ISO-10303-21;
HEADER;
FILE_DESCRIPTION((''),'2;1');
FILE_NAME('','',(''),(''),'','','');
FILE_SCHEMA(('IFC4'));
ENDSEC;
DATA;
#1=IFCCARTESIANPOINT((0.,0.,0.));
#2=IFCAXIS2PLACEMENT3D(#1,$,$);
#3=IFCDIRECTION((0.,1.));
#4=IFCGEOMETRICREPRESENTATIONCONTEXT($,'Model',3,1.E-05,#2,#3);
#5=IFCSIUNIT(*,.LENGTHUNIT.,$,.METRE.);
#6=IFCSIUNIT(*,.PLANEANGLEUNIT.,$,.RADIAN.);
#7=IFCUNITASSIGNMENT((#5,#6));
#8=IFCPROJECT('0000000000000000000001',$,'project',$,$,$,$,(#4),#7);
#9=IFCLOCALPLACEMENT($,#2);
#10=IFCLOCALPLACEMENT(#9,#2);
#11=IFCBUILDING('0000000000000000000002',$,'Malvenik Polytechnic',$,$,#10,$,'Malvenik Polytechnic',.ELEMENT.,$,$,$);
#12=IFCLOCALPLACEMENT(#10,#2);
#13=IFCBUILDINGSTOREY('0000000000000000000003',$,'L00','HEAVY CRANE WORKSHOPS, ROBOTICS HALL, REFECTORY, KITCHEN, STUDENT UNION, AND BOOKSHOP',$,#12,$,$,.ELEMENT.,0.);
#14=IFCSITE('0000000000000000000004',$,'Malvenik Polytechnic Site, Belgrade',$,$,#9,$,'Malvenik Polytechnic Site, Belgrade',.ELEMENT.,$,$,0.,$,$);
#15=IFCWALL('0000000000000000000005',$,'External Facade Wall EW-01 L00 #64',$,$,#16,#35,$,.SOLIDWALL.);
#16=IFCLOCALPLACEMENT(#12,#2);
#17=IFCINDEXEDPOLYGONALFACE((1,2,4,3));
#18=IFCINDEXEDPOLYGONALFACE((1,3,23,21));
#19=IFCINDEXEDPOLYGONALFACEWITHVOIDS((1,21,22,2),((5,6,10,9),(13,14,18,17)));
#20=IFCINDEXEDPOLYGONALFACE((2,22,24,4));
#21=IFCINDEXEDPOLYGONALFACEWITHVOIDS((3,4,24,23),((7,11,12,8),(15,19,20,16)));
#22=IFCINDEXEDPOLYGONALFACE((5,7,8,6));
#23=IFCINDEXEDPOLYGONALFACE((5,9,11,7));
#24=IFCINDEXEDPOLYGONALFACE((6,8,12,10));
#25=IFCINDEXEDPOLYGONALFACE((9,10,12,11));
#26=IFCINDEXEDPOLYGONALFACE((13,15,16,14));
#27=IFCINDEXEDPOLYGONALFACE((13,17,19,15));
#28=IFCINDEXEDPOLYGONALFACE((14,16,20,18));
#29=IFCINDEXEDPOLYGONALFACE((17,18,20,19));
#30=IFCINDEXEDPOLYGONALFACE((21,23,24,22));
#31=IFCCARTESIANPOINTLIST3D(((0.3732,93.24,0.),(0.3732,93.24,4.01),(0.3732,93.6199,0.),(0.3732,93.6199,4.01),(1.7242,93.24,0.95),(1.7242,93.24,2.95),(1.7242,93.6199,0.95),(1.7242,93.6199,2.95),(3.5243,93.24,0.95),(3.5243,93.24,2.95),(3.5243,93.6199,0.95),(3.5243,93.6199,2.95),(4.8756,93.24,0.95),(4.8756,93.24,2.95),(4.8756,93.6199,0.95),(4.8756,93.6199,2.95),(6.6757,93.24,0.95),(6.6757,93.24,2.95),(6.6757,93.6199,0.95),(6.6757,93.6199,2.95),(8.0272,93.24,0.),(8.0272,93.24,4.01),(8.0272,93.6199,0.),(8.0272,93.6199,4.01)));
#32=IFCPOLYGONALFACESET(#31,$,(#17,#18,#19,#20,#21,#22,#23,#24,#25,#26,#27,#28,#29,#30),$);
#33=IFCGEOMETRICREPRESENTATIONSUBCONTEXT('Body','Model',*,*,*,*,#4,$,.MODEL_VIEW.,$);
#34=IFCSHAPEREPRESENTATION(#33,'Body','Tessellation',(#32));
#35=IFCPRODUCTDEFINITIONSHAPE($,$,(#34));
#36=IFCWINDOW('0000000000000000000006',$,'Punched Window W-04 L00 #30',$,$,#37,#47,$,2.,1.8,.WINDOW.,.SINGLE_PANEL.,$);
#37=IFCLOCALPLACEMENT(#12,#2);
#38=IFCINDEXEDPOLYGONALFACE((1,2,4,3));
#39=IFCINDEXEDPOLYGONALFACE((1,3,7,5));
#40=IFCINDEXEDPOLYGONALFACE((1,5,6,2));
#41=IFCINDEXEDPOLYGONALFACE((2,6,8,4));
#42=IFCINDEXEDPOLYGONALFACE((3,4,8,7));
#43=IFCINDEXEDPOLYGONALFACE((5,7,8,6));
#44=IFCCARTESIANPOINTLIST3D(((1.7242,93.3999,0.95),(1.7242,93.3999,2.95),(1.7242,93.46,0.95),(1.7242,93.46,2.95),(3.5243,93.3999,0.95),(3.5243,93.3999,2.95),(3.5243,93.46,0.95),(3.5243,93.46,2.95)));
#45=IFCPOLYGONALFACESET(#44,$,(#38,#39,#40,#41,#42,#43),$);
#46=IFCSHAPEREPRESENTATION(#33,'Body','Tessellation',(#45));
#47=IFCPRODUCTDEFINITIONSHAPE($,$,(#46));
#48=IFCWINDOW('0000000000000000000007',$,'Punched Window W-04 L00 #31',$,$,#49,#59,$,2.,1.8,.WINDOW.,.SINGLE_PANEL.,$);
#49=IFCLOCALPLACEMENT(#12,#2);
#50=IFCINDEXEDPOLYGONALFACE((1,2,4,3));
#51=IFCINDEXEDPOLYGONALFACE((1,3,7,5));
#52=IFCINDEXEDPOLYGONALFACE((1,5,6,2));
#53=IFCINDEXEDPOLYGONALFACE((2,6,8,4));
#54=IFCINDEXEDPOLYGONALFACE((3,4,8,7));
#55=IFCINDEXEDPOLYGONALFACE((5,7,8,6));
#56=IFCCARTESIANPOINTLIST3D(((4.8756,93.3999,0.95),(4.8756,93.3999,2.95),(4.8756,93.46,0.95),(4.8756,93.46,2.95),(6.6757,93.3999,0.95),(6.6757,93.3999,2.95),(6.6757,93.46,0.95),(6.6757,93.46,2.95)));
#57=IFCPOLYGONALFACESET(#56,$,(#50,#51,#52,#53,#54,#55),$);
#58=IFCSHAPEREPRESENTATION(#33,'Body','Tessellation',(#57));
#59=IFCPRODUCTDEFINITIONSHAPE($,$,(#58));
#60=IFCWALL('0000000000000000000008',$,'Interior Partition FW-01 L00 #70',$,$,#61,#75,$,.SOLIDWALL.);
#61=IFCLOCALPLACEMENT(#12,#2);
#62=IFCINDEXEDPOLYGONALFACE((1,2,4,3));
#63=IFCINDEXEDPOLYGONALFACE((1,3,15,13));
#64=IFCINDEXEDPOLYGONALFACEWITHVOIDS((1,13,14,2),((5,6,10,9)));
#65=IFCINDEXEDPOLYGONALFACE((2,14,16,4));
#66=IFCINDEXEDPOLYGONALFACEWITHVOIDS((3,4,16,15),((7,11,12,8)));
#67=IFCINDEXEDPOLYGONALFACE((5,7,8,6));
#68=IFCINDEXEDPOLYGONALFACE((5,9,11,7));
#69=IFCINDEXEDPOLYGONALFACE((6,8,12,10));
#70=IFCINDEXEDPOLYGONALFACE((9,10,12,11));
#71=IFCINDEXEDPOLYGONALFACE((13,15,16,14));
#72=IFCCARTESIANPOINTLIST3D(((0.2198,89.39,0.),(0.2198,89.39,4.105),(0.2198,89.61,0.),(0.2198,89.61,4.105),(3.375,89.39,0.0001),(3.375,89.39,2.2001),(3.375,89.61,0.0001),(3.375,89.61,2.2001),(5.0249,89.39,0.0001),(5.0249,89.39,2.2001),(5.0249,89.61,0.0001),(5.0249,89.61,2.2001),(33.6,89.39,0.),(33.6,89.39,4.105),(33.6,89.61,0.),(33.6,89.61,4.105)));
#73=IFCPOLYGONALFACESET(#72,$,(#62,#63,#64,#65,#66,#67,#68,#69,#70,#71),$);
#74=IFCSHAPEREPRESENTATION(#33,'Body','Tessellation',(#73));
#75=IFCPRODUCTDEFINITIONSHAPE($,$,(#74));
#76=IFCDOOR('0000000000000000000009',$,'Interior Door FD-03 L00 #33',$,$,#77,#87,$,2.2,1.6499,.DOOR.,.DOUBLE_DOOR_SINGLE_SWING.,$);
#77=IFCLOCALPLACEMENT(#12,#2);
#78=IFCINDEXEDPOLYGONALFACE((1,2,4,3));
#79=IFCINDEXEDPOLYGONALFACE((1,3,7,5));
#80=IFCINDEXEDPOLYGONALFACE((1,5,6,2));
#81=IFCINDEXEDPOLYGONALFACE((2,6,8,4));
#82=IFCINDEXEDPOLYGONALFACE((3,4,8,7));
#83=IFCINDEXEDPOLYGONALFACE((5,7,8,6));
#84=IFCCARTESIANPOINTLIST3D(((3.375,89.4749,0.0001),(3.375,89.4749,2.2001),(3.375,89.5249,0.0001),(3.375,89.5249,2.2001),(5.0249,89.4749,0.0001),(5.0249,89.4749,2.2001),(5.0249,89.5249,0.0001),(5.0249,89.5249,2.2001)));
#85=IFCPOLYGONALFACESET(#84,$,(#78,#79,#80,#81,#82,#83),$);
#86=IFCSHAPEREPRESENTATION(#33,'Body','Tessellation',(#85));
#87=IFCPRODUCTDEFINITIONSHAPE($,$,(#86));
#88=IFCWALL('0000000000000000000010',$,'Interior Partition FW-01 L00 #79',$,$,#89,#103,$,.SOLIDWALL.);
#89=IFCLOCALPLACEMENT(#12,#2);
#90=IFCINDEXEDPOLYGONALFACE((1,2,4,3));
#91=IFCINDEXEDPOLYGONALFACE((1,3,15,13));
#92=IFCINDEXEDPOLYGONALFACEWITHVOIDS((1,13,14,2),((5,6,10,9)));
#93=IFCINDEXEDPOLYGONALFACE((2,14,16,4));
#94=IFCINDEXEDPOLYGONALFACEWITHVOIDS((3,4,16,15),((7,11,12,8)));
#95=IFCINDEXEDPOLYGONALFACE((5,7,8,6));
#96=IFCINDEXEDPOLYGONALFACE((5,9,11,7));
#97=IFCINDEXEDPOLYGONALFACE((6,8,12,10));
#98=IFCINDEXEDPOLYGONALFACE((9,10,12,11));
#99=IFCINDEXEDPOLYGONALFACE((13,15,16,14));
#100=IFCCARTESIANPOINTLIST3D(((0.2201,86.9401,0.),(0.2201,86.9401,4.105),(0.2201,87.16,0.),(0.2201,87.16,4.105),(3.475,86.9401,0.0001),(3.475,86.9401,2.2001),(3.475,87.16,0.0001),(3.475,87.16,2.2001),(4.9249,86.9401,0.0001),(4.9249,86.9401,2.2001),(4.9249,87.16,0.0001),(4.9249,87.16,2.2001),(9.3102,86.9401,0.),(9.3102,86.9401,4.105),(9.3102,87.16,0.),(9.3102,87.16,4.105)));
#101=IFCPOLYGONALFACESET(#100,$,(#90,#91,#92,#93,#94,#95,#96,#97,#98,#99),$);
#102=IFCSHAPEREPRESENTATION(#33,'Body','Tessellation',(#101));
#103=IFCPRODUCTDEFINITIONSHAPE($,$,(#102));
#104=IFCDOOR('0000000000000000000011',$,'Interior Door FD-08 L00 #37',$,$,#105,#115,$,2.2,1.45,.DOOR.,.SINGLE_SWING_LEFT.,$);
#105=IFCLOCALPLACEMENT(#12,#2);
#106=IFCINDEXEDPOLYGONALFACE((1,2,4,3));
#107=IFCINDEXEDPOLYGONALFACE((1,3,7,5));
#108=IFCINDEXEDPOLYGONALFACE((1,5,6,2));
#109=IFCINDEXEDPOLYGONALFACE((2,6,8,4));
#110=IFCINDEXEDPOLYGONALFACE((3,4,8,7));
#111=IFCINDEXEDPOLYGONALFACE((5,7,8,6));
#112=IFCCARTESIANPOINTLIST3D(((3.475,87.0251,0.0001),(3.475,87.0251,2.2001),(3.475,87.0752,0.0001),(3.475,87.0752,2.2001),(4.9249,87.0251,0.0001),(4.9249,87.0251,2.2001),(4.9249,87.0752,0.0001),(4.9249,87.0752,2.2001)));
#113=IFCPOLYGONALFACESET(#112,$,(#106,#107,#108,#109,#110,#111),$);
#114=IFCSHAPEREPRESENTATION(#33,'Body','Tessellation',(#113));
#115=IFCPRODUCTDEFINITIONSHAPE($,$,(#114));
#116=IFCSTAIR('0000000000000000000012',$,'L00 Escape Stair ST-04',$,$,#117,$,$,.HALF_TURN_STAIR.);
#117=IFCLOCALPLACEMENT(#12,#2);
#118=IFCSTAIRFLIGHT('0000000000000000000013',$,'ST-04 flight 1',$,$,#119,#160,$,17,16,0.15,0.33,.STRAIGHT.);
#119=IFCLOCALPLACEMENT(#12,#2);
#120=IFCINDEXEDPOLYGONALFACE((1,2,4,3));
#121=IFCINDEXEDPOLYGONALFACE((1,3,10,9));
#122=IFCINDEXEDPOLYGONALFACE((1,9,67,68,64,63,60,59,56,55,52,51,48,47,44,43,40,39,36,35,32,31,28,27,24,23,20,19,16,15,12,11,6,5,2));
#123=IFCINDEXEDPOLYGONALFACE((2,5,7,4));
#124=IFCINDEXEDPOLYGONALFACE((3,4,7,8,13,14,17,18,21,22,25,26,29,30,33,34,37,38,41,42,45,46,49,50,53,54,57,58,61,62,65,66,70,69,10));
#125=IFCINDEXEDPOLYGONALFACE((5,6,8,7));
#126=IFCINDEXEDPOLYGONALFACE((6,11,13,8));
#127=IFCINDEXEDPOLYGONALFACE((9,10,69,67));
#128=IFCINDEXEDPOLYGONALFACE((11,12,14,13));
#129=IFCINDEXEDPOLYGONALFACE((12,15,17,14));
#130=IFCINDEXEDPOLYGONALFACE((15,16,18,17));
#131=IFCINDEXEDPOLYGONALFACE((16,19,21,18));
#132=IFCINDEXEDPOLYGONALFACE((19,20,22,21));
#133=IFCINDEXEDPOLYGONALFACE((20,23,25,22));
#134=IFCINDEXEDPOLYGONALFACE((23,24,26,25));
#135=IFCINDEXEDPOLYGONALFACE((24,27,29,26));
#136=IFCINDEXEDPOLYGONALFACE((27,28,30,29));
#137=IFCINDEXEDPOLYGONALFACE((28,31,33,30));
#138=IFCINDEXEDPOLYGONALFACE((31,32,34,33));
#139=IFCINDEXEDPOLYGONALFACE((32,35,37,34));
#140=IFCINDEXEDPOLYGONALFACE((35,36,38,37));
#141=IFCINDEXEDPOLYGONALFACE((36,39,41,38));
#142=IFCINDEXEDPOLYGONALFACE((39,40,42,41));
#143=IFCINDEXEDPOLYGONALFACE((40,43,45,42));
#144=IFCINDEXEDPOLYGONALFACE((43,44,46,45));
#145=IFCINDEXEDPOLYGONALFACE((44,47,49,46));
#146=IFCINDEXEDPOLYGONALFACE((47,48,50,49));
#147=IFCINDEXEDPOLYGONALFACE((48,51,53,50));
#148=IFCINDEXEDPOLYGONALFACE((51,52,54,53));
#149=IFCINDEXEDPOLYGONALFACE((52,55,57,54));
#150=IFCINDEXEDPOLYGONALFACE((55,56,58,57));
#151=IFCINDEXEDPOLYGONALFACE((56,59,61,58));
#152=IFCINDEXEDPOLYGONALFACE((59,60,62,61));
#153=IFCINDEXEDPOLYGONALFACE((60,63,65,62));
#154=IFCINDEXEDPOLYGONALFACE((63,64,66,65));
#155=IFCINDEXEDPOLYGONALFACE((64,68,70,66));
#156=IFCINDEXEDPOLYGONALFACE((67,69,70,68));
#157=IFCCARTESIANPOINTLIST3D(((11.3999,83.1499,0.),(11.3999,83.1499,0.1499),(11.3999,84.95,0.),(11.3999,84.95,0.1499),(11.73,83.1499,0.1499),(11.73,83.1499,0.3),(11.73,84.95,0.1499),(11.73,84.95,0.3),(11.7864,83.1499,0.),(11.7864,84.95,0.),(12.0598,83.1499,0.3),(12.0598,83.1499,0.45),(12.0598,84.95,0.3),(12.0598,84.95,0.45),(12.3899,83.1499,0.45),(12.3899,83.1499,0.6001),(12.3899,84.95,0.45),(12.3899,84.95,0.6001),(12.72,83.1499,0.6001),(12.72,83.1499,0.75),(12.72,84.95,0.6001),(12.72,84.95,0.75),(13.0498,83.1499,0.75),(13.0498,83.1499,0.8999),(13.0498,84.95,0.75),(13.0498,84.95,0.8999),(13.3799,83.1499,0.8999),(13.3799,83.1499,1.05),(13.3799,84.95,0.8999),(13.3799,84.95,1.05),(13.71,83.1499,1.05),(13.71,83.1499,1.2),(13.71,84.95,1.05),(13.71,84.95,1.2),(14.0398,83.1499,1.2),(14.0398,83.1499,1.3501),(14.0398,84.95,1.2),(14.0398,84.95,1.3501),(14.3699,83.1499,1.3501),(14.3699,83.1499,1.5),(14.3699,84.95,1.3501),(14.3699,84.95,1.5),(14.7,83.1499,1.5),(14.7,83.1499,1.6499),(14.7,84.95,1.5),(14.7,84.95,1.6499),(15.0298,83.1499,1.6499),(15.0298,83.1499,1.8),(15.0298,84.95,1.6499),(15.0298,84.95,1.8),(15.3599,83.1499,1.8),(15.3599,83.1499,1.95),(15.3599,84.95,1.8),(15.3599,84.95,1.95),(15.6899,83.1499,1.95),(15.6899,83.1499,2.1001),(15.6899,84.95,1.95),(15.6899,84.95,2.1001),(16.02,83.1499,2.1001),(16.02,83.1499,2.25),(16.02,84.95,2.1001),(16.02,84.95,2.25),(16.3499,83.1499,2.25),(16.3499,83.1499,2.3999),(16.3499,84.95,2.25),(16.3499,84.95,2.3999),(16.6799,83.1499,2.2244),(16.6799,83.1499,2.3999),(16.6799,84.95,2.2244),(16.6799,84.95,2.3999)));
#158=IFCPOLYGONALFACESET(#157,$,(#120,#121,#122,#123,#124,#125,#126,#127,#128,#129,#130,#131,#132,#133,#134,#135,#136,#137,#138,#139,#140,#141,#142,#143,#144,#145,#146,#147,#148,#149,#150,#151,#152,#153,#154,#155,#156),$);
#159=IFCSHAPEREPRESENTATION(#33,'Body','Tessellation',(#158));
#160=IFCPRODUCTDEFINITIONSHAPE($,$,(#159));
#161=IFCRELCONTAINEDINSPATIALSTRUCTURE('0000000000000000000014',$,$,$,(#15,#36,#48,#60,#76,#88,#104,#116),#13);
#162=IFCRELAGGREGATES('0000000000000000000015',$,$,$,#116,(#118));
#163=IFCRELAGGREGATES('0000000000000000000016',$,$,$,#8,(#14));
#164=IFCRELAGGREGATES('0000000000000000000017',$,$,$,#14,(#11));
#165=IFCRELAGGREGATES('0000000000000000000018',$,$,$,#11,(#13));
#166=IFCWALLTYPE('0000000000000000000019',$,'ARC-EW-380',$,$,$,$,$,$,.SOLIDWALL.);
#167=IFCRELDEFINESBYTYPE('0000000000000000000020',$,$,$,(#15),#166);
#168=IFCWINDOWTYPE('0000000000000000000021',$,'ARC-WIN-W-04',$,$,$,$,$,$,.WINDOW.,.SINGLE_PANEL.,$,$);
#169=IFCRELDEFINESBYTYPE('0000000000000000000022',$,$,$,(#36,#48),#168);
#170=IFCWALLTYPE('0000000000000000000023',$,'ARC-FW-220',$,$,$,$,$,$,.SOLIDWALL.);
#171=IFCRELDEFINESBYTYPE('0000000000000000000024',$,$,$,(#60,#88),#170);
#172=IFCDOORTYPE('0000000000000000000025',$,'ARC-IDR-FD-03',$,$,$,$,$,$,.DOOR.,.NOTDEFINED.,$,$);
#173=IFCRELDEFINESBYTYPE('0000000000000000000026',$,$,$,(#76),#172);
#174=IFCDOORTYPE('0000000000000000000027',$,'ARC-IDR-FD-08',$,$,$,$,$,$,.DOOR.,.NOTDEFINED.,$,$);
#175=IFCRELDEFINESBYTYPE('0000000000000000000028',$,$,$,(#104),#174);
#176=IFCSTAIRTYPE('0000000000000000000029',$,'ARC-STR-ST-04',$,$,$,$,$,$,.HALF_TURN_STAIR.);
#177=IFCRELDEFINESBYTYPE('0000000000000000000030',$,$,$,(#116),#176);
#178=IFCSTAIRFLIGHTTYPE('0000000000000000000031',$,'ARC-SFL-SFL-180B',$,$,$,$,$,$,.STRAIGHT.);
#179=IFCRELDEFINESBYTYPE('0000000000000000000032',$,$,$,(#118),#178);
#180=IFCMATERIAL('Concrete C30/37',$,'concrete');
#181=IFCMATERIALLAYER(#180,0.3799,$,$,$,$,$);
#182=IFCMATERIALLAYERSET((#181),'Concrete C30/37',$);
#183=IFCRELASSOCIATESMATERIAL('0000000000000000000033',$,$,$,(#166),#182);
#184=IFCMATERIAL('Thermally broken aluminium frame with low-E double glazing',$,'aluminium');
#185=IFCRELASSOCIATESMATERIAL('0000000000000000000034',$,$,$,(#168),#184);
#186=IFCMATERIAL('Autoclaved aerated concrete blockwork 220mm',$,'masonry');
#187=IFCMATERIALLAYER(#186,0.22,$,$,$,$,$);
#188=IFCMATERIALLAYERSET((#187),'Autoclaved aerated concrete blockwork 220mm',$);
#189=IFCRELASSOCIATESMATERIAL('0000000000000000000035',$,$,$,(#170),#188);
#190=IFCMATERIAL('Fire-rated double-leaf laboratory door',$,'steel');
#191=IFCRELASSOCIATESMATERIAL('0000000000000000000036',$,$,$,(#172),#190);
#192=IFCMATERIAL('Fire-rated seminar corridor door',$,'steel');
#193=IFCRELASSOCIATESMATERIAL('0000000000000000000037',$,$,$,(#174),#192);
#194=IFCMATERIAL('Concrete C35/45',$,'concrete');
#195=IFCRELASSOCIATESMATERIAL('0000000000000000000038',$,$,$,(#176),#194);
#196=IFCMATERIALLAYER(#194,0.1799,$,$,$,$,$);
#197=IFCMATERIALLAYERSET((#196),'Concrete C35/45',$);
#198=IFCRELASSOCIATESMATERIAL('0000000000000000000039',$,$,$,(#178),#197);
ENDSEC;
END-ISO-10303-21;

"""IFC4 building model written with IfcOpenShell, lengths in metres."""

from ifc_helpers import new_model, si_unit, direction, frame, frame_2d, origin, place, context, subcontext, project, spatial, polyline, rectangle, outline, extrude, material, layer, layer_set, type_object, element, fill, aggregate, save


model = new_model("IFC4")

# Units and contexts
model_context = context("Model", 3, precision=1e-05, world=origin(), true_north=direction((0.0, 1.0)))
body_context = subcontext(model_context, "Body", "Model", "MODEL_VIEW")
ifc_project = project(units=[si_unit("LENGTHUNIT", "METRE"), si_unit("PLANEANGLEUNIT", "RADIAN")], contexts=[model_context])

# Site, building, storey
site_placement = place(None, origin())
site = spatial("IfcSite", under=ifc_project, at=site_placement, Name="Malvenik Polytechnic Site, Belgrade", LongName="Malvenik Polytechnic Site, Belgrade", CompositionType="ELEMENT", RefElevation=0.0)
building_placement = place(site_placement, origin())
building = spatial("IfcBuilding", under=site, at=building_placement, Name="Malvenik Polytechnic", LongName="Malvenik Polytechnic", CompositionType="ELEMENT")
storey_placement = place(building_placement, origin())
storey = spatial("IfcBuildingStorey", under=building, at=storey_placement, Name="L00", Description="HEAVY CRANE WORKSHOPS, ROBOTICS HALL, REFECTORY, KITCHEN, STUDENT UNION, AND BOOKSHOP", CompositionType="ELEMENT", Elevation=0.0)

# Shared definitions
ifc_material_1 = material(Name="Concrete C35/45", Category="concrete")
ifc_material_2 = material(Name="Concrete C30/37", Category="concrete")

# Shared definitions
ifc_layer_1 = layer(ifc_material_2, 0.3799)
ifc_layer_set_1 = layer_set([ifc_layer_1], Name="Concrete C30/37")
wall_type_1 = type_object("IfcWallType", Name="ARC-EW-380", PredefinedType="SOLIDWALL", material=ifc_layer_set_1)

# Wall, openings, windows
wall_1_placement = place(storey_placement, frame((0.373, 93.4299, 0.0), z_axis=(0.0, 0.0, 1.0), x_axis=(1.0, 0.0, 0.0)))
wall_1 = element("IfcWall", 1, at=wall_1_placement, inside=storey, type_object=wall_type_1, Name="External Facade Wall EW-01 L00 #64", PredefinedType="SOLIDWALL", context=body_context, shape_type="SweptSolid", body=[
    extrude(rectangle(XDim=7.6541, YDim=0.3799, at=frame_2d((3.8271, 0.0))), origin(), (0.0, 0.0, 1.0), 4.01),
])
opening_1_placement = place(wall_1_placement, frame((1.3513, 0.0, 0.95)))
opening_1 = element("IfcOpeningElement", 2, at=opening_1_placement, cuts=wall_1, PredefinedType="OPENING", context=body_context, shape_type="SweptSolid", body=[
    extrude(rectangle(XDim=1.8, YDim=2.0, at=frame_2d((0.8999, 1.0))), frame((0.0, 0.2, 0.0), z_axis=(0.0, -1.0, 0.0), x_axis=(1.0, 0.0, 0.0)), (0.0, 0.0, 1.0), 0.3999),
])
opening_2_placement = place(wall_1_placement, frame((4.5027, 0.0, 0.95)))
opening_2 = element("IfcOpeningElement", 3, at=opening_2_placement, cuts=wall_1, PredefinedType="OPENING", context=body_context, shape_type="SweptSolid", body=[
    extrude(rectangle(XDim=1.8, YDim=2.0, at=frame_2d((0.8999, 1.0))), frame((0.0, 0.2, 0.0), z_axis=(0.0, -1.0, 0.0), x_axis=(1.0, 0.0, 0.0)), (0.0, 0.0, 1.0), 0.3999),
])
ifc_material_3 = material(Name="Thermally broken aluminium frame with low-E double glazing", Category="aluminium")
window_type = type_object("IfcWindowType", Name="ARC-WIN-W-04", PartitioningType="SINGLE_PANEL", PredefinedType="WINDOW", material=ifc_material_3)
window_1_placement = place(opening_1_placement, origin())
window_1 = element("IfcWindow", 4, at=window_1_placement, inside=storey, type_object=window_type, Name="Punched Window W-04 L00 #30", OverallHeight=2.0, OverallWidth=1.8, PartitioningType="SINGLE_PANEL", PredefinedType="WINDOW", context=body_context, shape_type="SweptSolid", body=[
    extrude(rectangle(XDim=1.8, YDim=2.0, at=frame_2d((0.8999, 1.0))), frame((0.0, 0.03, 0.0), z_axis=(0.0, -1.0, 0.0), x_axis=(1.0, 0.0, 0.0)), (0.0, 0.0, 1.0), 0.0601),
])
fill(opening_1, window_1)
window_2_placement = place(opening_2_placement, origin())
window_2 = element("IfcWindow", 5, at=window_2_placement, inside=storey, type_object=window_type, Name="Punched Window W-04 L00 #31", OverallHeight=2.0, OverallWidth=1.8, PartitioningType="SINGLE_PANEL", PredefinedType="WINDOW", context=body_context, shape_type="SweptSolid", body=[
    extrude(rectangle(XDim=1.8, YDim=2.0, at=frame_2d((0.8999, 1.0))), frame((0.0, 0.03, 0.0), z_axis=(0.0, -1.0, 0.0), x_axis=(1.0, 0.0, 0.0)), (0.0, 0.0, 1.0), 0.0601),
])
fill(opening_2, window_2)

# Walls, openings, doors
ifc_material_4 = material(Name="Autoclaved aerated concrete blockwork 220mm", Category="masonry")
ifc_layer_2 = layer(ifc_material_4, 0.22)
ifc_layer_set_2 = layer_set([ifc_layer_2], Name="Autoclaved aerated concrete blockwork 220mm")
wall_type_2 = type_object("IfcWallType", Name="ARC-FW-220", PredefinedType="SOLIDWALL", material=ifc_layer_set_2)
wall_2_placement = place(storey_placement, frame((0.22, 89.5, 0.0), z_axis=(0.0, 0.0, 1.0), x_axis=(1.0, 0.0, 0.0)))
wall_2 = element("IfcWall", 6, at=wall_2_placement, inside=storey, type_object=wall_type_2, Name="Interior Partition FW-01 L00 #70", PredefinedType="SOLIDWALL", context=body_context, shape_type="SweptSolid", body=[
    extrude(rectangle(XDim=33.3801, YDim=0.22, at=frame_2d((16.6899, 0.0))), origin(), (0.0, 0.0, 1.0), 4.105),
])
opening_3_placement = place(wall_2_placement, frame((3.155, 0.0, 0.0)))
opening_3 = element("IfcOpeningElement", 7, at=opening_3_placement, cuts=wall_2, PredefinedType="OPENING", context=body_context, shape_type="SweptSolid", body=[
    extrude(rectangle(XDim=1.6499, YDim=2.2, at=frame_2d((0.825, 1.1001))), frame((0.0, 0.1201, 0.0), z_axis=(0.0, -1.0, 0.0), x_axis=(1.0, 0.0, 0.0)), (0.0, 0.0, 1.0), 0.24),
])
ifc_material_5 = material(Name="Fire-rated double-leaf laboratory door", Category="steel")
door_type_1 = type_object("IfcDoorType", Name="ARC-IDR-FD-03", OperationType="NOTDEFINED", PredefinedType="DOOR", material=ifc_material_5)
door_1_placement = place(opening_3_placement, origin())
door_1 = element("IfcDoor", 8, at=door_1_placement, inside=storey, type_object=door_type_1, Name="Interior Door FD-03 L00 #33", OperationType="DOUBLE_DOOR_SINGLE_SWING", OverallHeight=2.2, OverallWidth=1.6499, PredefinedType="DOOR", context=body_context, shape_type="SweptSolid", body=[
    extrude(rectangle(XDim=1.6499, YDim=2.2, at=frame_2d((0.825, 1.1001))), frame((0.0, 0.0249, 0.0), z_axis=(0.0, -1.0, 0.0), x_axis=(1.0, 0.0, 0.0)), (0.0, 0.0, 1.0), 0.05),
])
fill(opening_3, door_1)
wall_3_placement = place(storey_placement, frame((9.3101, 87.05, 0.0), z_axis=(0.0, 0.0, 1.0), x_axis=(-1.0, 0.0, 0.0)))
wall_3 = element("IfcWall", 9, at=wall_3_placement, inside=storey, type_object=wall_type_2, Name="Interior Partition FW-01 L00 #79", PredefinedType="SOLIDWALL", context=body_context, shape_type="SweptSolid", body=[
    extrude(rectangle(XDim=9.0901, YDim=0.22, at=frame_2d((4.5449, 0.0))), origin(), (0.0, 0.0, 1.0), 4.105),
])
opening_4_placement = place(wall_3_placement, frame((4.385, 0.0, 0.0)))
opening_4 = element("IfcOpeningElement", 10, at=opening_4_placement, cuts=wall_3, PredefinedType="OPENING", context=body_context, shape_type="SweptSolid", body=[
    extrude(rectangle(XDim=1.45, YDim=2.2, at=frame_2d((0.7251, 1.1001))), frame((0.0, 0.1201, 0.0), z_axis=(0.0, -1.0, 0.0), x_axis=(1.0, 0.0, 0.0)), (0.0, 0.0, 1.0), 0.24),
])
ifc_material_6 = material(Name="Fire-rated seminar corridor door", Category="steel")
door_type_2 = type_object("IfcDoorType", Name="ARC-IDR-FD-08", OperationType="NOTDEFINED", PredefinedType="DOOR", material=ifc_material_6)
door_2_placement = place(opening_4_placement, origin())
door_2 = element("IfcDoor", 11, at=door_2_placement, inside=storey, type_object=door_type_2, Name="Interior Door FD-08 L00 #37", OperationType="SINGLE_SWING_LEFT", OverallHeight=2.2, OverallWidth=1.45, PredefinedType="DOOR", context=body_context, shape_type="SweptSolid", body=[
    extrude(rectangle(XDim=1.45, YDim=2.2, at=frame_2d((0.7251, 1.1001))), frame((0.0, 0.0249, 0.0), z_axis=(0.0, -1.0, 0.0), x_axis=(1.0, 0.0, 0.0)), (0.0, 0.0, 1.0), 0.05),
])
fill(opening_4, door_2)

# Stair, stair flight
stair_type = type_object("IfcStairType", Name="ARC-STR-ST-04", PredefinedType="HALF_TURN_STAIR", material=ifc_material_1)
stair_placement = place(storey_placement, origin())
stair = element("IfcStair", 12, at=stair_placement, inside=storey, type_object=stair_type, Name="L00 Escape Stair ST-04", PredefinedType="HALF_TURN_STAIR")
ifc_layer_3 = layer(ifc_material_1, 0.1799)
ifc_layer_set_3 = layer_set([ifc_layer_3], Name="Concrete C35/45")
stair_flight_type = type_object("IfcStairFlightType", Name="ARC-SFL-SFL-180B", PredefinedType="STRAIGHT", material=ifc_layer_set_3)
stair_flight_1_placement = place(storey_placement, frame((11.3999, 84.05, 0.0), z_axis=(0.0, 0.0, 1.0), x_axis=(1.0, 0.0, 0.0)))
stair_flight_1 = element("IfcStairFlight", 13, at=stair_flight_1_placement, type_object=stair_flight_type, Name="ST-04 flight 1", NumberOfRisers=17, NumberOfTreads=16, PredefinedType="STRAIGHT", RiserHeight=0.15, TreadLength=0.33, context=body_context, shape_type="SweptSolid", body=[
    extrude(outline(polyline([(0.0, 0.0), (0.0, 0.1499), (0.3301, 0.1499), (0.3301, 0.3), (0.6599, 0.3), (0.6599, 0.45), (0.99, 0.45), (0.99, 0.6001), (1.3201, 0.6001), (1.3201, 0.75), (1.6499, 0.75), (1.6499, 0.8999), (1.98, 0.8999), (1.98, 1.05), (2.3101, 1.05), (2.3101, 1.2), (2.6399, 1.2), (2.6399, 1.3501), (2.97, 1.3501), (2.97, 1.5), (3.3, 1.5), (3.3, 1.6499), (3.6299, 1.6499), (3.6299, 1.8), (3.96, 1.8), (3.96, 1.95), (4.29, 1.95), (4.29, 2.1001), (4.6201, 2.1001), (4.6201, 2.25), (4.95, 2.25), (4.95, 2.3999), (5.28, 2.3999), (5.28, 2.55), (5.28, 2.2244), (0.3865, 0.0), (0.0, 0.0)])), frame((0.0, 0.8999, 0.0), z_axis=(0.0, -1.0, 0.0), x_axis=(1.0, 0.0, 0.0)), (0.0, 0.0, 1.0), 1.8),
])
aggregate(stair, [stair_flight_1])

save(model, "model.ifc")
